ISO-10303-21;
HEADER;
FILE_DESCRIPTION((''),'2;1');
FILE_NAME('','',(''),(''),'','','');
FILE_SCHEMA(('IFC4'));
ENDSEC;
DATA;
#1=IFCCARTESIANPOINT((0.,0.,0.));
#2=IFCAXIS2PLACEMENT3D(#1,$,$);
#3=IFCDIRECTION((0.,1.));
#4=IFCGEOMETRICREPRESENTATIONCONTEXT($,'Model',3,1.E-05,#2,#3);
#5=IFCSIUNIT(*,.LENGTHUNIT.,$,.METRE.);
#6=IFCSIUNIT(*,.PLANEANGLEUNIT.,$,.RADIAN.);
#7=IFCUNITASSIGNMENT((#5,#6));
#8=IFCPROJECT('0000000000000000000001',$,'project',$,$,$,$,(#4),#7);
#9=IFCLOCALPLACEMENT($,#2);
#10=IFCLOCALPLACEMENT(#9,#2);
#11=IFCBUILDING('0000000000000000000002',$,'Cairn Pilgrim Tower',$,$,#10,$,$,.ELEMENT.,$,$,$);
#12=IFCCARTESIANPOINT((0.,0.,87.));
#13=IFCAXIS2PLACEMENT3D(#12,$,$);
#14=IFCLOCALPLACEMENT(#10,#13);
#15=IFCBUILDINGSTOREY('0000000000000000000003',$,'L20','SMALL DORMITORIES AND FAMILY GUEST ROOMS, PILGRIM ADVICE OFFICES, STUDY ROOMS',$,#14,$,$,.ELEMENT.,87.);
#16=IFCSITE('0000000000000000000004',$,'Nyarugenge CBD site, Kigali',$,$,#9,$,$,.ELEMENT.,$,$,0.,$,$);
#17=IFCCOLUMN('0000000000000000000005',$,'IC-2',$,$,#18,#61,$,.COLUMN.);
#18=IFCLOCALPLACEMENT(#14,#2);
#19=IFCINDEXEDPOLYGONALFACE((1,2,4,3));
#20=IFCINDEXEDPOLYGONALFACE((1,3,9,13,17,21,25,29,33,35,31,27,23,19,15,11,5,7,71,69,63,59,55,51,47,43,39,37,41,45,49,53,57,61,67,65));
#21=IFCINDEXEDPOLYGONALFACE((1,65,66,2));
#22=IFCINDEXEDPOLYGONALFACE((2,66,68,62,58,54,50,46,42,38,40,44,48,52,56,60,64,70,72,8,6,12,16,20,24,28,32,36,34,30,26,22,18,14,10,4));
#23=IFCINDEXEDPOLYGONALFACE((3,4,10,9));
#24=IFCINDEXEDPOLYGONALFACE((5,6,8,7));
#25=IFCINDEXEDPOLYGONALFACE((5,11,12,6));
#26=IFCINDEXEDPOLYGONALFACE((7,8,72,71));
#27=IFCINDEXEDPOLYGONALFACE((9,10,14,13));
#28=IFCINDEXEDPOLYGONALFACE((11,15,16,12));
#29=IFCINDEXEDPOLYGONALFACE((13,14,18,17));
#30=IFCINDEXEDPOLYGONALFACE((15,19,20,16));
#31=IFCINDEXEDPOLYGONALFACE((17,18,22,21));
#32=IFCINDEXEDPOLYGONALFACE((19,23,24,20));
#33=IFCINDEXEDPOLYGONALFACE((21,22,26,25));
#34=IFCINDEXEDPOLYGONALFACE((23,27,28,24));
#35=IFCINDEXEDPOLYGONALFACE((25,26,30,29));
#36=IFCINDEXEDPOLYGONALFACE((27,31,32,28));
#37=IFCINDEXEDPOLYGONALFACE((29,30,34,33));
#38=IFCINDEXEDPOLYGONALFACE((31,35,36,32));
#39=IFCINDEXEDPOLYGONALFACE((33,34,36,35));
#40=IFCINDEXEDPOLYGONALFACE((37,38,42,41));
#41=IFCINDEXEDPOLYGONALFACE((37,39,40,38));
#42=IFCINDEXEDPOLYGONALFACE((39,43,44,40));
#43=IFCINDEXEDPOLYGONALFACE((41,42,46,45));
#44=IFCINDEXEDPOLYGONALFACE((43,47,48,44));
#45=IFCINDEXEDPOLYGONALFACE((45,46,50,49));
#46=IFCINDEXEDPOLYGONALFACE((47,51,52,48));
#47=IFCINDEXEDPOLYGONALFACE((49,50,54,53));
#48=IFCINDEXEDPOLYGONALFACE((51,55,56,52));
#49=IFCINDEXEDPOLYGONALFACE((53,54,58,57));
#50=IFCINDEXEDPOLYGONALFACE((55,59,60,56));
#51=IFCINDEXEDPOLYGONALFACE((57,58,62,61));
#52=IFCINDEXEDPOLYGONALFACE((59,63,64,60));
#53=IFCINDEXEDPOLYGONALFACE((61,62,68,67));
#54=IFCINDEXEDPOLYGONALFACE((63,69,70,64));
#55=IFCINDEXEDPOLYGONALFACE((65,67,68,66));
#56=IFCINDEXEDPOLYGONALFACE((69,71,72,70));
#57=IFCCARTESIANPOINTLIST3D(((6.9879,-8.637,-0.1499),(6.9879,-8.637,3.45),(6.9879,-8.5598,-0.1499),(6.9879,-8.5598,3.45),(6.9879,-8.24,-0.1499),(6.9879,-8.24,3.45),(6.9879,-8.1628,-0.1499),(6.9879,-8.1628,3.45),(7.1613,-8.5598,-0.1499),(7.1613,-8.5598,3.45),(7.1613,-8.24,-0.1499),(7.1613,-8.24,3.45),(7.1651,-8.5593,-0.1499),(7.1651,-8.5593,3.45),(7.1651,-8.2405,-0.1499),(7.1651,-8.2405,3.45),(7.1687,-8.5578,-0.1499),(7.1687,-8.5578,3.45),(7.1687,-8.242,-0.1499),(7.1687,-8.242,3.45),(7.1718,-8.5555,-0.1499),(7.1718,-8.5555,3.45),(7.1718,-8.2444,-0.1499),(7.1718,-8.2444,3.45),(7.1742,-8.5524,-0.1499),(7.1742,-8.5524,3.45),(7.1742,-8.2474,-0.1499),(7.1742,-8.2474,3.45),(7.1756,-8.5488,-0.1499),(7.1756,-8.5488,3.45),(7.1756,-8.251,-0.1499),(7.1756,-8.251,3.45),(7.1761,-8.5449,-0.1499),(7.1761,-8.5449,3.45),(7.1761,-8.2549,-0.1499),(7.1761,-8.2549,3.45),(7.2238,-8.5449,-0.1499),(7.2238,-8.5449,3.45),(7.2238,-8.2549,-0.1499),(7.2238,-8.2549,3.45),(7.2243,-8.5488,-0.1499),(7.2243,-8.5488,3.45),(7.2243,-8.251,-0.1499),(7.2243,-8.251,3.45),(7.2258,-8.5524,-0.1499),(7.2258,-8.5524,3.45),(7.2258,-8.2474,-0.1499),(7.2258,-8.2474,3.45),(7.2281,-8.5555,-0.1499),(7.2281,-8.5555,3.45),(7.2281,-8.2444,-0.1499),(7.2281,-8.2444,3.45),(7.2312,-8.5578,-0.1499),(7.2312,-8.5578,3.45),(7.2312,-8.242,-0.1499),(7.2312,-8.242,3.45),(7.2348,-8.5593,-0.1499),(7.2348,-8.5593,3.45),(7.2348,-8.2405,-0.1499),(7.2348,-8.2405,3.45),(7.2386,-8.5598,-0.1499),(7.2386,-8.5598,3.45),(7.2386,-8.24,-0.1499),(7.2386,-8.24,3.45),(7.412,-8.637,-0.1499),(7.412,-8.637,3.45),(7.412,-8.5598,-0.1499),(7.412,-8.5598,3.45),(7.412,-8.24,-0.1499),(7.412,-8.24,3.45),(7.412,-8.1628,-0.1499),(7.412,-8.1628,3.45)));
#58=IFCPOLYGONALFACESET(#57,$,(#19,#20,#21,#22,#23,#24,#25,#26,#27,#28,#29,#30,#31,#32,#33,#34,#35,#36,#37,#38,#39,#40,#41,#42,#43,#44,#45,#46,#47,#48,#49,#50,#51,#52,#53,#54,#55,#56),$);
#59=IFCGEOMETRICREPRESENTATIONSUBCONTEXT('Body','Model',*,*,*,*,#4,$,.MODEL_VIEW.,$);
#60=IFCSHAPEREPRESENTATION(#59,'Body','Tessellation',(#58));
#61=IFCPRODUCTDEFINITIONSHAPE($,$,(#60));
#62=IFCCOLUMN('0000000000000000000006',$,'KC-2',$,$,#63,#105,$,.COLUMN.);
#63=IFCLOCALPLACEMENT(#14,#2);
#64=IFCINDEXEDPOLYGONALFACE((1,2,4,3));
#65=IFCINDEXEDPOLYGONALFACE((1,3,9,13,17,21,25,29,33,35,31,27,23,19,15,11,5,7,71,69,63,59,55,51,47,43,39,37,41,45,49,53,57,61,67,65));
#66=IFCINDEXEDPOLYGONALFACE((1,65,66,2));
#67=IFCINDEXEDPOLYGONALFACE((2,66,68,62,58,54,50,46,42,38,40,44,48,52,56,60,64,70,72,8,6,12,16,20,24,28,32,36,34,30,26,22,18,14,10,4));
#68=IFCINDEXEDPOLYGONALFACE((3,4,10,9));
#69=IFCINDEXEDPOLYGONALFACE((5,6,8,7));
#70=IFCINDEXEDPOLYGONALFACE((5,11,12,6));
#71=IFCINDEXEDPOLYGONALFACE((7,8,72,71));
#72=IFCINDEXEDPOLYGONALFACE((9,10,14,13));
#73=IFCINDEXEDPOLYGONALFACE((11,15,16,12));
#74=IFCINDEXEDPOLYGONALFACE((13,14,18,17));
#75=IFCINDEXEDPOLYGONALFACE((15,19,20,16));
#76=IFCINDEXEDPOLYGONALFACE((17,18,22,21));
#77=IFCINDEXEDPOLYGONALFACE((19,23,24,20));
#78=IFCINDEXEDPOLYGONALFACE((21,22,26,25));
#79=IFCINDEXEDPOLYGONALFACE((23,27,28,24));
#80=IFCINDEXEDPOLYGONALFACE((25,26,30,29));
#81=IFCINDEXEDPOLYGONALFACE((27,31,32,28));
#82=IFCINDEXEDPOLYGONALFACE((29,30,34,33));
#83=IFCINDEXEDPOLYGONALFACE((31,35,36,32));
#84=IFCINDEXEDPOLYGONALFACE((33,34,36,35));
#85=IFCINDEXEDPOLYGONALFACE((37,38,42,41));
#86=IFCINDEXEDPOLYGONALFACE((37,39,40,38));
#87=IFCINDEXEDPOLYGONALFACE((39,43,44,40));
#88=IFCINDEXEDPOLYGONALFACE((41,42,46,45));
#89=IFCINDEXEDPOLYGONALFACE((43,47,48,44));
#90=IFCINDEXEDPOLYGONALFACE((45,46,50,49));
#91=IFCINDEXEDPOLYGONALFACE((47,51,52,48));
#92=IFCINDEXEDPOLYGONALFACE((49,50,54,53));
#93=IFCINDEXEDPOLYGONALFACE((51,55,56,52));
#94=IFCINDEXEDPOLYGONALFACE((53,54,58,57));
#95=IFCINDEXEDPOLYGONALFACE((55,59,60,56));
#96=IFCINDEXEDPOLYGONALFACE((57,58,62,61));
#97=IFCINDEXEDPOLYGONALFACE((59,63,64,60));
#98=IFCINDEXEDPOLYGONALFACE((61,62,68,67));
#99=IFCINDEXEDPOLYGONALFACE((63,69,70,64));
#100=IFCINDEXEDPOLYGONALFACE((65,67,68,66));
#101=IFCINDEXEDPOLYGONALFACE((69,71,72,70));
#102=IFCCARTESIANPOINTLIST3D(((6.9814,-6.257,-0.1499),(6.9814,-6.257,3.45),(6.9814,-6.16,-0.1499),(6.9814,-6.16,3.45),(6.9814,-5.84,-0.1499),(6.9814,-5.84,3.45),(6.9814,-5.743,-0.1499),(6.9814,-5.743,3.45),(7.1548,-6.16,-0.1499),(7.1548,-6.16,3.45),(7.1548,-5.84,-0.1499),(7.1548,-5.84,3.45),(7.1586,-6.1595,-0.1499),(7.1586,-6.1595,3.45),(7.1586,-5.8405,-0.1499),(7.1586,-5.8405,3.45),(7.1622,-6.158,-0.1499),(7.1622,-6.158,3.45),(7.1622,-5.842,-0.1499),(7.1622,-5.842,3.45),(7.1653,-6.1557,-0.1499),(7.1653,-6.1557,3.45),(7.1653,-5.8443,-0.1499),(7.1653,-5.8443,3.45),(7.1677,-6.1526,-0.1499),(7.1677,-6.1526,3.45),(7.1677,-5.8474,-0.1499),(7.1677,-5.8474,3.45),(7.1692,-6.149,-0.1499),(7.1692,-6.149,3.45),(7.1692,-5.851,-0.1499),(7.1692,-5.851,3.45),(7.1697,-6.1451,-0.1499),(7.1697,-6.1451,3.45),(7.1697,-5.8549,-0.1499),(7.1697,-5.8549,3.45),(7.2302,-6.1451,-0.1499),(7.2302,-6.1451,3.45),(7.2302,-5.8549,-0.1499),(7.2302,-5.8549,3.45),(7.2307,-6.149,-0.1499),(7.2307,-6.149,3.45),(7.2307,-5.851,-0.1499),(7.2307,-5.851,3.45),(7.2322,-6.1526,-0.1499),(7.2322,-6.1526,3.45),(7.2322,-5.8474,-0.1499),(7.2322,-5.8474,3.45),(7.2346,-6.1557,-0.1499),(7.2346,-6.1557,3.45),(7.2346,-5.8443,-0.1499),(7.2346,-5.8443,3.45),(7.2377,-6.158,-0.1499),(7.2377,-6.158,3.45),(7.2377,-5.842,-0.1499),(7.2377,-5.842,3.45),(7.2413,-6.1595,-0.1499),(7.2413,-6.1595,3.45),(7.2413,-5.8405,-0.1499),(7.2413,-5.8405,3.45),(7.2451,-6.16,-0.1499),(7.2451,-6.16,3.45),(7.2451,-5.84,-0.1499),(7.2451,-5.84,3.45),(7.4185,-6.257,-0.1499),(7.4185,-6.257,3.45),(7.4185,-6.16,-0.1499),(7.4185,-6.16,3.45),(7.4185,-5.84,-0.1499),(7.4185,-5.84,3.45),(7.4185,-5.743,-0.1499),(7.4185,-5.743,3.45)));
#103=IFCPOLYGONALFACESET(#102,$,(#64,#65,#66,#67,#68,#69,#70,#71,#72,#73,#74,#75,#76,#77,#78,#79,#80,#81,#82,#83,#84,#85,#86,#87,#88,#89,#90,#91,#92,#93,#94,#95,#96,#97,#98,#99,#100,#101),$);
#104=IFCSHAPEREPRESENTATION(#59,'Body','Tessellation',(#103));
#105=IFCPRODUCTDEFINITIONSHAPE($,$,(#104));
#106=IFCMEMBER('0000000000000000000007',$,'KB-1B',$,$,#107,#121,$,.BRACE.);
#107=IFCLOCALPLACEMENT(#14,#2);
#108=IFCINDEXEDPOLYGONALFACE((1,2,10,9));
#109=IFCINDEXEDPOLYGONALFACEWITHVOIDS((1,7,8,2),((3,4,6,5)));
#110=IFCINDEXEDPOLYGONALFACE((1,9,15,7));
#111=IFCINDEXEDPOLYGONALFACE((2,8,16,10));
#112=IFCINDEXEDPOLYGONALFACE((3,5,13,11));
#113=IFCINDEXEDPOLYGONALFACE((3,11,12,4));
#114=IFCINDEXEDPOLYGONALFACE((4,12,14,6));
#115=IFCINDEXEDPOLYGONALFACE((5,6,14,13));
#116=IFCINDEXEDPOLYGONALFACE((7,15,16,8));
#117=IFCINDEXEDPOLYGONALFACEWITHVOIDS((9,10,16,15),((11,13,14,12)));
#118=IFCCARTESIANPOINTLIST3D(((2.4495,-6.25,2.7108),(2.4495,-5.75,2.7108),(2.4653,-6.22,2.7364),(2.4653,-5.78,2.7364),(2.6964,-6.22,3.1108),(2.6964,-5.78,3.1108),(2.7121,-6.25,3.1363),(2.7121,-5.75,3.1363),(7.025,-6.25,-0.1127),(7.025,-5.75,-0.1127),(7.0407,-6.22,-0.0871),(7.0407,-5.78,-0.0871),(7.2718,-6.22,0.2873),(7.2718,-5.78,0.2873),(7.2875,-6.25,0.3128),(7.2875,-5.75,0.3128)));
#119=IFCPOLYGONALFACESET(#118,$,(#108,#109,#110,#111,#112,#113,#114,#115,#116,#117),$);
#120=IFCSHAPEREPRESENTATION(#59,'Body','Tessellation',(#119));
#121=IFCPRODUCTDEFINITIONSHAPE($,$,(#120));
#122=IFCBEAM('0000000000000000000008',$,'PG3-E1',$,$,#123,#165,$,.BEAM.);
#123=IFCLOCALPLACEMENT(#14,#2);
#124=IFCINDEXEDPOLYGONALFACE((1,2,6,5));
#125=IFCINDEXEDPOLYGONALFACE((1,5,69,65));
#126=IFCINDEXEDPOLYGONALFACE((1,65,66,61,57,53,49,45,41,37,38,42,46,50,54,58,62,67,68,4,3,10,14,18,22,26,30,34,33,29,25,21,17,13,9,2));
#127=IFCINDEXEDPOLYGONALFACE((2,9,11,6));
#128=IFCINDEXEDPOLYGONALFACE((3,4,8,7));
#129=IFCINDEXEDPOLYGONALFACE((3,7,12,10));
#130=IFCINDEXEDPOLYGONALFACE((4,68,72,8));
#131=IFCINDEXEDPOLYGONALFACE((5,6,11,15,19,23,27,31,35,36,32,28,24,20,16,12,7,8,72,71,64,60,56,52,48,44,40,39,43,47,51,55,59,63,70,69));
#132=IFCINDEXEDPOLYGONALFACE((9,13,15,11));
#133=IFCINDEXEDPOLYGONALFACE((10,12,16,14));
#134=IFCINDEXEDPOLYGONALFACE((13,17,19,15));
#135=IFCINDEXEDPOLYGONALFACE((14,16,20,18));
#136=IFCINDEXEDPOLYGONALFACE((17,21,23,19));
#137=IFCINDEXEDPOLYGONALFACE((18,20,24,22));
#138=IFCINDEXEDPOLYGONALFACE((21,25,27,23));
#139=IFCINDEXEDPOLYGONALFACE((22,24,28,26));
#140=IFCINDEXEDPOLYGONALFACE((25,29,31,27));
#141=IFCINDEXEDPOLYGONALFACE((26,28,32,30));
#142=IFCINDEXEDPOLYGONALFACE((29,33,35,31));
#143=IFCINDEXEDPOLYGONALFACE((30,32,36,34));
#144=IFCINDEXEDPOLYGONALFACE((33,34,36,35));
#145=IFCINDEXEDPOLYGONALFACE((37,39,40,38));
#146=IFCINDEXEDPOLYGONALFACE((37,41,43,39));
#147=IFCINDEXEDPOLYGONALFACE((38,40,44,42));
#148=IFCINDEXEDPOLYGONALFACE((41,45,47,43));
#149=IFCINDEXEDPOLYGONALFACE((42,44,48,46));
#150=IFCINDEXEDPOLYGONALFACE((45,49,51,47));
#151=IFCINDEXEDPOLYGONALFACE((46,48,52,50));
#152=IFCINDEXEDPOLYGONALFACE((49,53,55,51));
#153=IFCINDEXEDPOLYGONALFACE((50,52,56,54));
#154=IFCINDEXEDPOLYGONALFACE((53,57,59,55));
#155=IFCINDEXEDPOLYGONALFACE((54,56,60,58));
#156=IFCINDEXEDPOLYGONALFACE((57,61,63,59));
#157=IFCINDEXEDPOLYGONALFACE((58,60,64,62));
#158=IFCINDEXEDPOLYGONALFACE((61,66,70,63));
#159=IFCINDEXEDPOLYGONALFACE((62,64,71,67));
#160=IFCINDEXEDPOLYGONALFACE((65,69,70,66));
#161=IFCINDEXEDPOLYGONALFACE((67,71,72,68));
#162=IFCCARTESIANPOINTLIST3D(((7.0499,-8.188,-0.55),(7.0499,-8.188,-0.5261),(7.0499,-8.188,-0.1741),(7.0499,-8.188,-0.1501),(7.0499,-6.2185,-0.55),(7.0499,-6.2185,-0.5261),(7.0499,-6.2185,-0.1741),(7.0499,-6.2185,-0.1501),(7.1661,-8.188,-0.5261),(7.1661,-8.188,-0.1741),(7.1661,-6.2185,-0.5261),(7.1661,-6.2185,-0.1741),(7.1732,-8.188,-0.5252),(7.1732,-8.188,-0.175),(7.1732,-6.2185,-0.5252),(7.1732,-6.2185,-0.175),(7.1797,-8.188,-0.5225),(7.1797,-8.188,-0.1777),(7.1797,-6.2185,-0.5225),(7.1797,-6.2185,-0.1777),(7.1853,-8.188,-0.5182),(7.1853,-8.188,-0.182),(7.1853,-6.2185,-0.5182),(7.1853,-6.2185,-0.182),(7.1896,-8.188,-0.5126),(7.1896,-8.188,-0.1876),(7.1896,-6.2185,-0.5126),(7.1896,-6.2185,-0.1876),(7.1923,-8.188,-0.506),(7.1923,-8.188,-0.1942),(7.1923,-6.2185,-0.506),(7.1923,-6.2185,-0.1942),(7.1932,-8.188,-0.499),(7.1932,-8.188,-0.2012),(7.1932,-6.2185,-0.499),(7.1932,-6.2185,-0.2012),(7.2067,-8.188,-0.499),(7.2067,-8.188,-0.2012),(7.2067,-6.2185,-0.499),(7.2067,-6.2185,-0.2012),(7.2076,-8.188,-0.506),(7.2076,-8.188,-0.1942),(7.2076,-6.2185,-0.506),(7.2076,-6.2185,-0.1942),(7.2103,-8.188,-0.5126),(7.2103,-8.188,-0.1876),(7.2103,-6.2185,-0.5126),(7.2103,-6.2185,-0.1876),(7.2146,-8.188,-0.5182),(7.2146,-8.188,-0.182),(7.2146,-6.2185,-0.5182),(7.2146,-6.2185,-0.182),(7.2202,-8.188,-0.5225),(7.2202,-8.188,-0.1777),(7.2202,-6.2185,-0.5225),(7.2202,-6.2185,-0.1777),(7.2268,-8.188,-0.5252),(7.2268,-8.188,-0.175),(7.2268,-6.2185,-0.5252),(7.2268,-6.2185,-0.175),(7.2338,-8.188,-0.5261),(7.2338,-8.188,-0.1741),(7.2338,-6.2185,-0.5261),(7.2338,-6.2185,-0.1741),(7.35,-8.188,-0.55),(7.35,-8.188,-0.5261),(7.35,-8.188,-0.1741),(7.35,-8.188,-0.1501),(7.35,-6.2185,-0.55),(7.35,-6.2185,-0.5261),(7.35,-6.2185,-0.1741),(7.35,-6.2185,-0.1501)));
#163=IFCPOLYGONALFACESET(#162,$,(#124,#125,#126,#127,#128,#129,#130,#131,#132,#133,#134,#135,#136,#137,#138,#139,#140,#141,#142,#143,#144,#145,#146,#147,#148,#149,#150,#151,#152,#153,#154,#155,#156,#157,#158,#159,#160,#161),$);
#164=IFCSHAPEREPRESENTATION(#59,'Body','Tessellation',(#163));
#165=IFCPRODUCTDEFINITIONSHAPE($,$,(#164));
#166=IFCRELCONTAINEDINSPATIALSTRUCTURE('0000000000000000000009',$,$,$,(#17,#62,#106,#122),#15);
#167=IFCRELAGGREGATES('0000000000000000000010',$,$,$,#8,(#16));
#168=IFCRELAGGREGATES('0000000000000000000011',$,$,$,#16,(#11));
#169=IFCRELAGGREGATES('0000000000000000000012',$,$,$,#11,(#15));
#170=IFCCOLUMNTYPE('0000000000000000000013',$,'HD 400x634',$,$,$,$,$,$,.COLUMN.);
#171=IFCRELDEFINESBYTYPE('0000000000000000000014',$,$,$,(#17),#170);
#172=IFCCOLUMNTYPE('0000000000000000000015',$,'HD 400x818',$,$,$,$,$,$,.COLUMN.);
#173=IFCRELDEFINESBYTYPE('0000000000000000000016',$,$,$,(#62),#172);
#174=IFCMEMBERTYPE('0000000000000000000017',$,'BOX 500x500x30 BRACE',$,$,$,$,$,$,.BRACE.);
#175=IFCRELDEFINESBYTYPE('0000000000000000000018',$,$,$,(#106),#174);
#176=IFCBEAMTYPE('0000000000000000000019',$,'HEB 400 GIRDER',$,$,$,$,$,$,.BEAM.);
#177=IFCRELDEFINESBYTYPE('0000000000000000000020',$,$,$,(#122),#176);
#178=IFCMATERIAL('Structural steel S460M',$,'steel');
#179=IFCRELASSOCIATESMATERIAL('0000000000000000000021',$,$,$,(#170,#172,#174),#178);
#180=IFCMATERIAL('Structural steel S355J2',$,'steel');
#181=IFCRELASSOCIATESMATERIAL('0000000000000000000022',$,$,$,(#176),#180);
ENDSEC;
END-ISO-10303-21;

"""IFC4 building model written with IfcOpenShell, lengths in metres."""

from ifc_helpers import new_model, si_unit, direction, frame, origin, origin_2d, place, context, subcontext, project, spatial, hollow_rectangle, i_section, extrude, material, material_profile, profile_set, type_object, element, save


model = new_model("IFC4")

# Units and contexts
model_context = context("Model", 3, precision=1e-05, world=origin(), true_north=direction((0.0, 1.0)))
body_context = subcontext(model_context, "Body", "Model", "MODEL_VIEW")
ifc_project = project(units=[si_unit("LENGTHUNIT", "METRE"), si_unit("PLANEANGLEUNIT", "RADIAN")], contexts=[model_context])

# Site, building, storey
site_placement = place(None, origin())
site = spatial("IfcSite", under=ifc_project, at=site_placement, Name="Nyarugenge CBD site, Kigali", CompositionType="ELEMENT", RefElevation=0.0)
building_placement = place(site_placement, origin())
building = spatial("IfcBuilding", under=site, at=building_placement, Name="Cairn Pilgrim Tower", CompositionType="ELEMENT")
storey_placement = place(building_placement, frame((0.0, 0.0, 87.0)))
storey = spatial("IfcBuildingStorey", under=building, at=storey_placement, Name="L20", Description="SMALL DORMITORIES AND FAMILY GUEST ROOMS, PILGRIM ADVICE OFFICES, STUDY ROOMS", CompositionType="ELEMENT", Elevation=87.0)

# Columns
ifc_material_1 = material(Name="Structural steel S460M", Category="steel")
ifc_material_profile_1 = material_profile(ifc_material_1, i_section(OverallWidth=0.4241, OverallDepth=0.4741, WebThickness=0.0476, FlangeThickness=0.0771, FilletRadius=0.0149, at=origin_2d()), Name="HD 400x634")
ifc_profile_set_1 = profile_set([ifc_material_profile_1], Name="Structural steel S460M")
column_type_1 = type_object("IfcColumnType", Name="HD 400x634", PredefinedType="COLUMN", material=ifc_profile_set_1)
column_1_placement = place(storey_placement, frame((7.2, -8.3999, -0.1499), z_axis=(0.0, 0.0, 1.0), x_axis=(1.0, 0.0, 0.0)))
element("IfcColumn", 1, at=column_1_placement, inside=storey, type_object=column_type_1, Name="IC-2", PredefinedType="COLUMN", context=body_context, shape_type="SweptSolid", body=[
    extrude(i_section(OverallWidth=0.4241, OverallDepth=0.4741, WebThickness=0.0476, FlangeThickness=0.0771, FilletRadius=0.0149, at=origin_2d()), origin(), (0.0, 0.0, 1.0), 3.5999),
])
ifc_material_profile_2 = material_profile(ifc_material_1, i_section(OverallWidth=0.437, OverallDepth=0.5139, WebThickness=0.0605, FlangeThickness=0.0969, FilletRadius=0.0149, at=origin_2d()), Name="HD 400x818")
ifc_profile_set_2 = profile_set([ifc_material_profile_2], Name="Structural steel S460M")
column_type_2 = type_object("IfcColumnType", Name="HD 400x818", PredefinedType="COLUMN", material=ifc_profile_set_2)
column_2_placement = place(storey_placement, frame((7.2, -6.0, -0.1499), z_axis=(0.0, 0.0, 1.0), x_axis=(1.0, 0.0, 0.0)))
element("IfcColumn", 2, at=column_2_placement, inside=storey, type_object=column_type_2, Name="KC-2", PredefinedType="COLUMN", context=body_context, shape_type="SweptSolid", body=[
    extrude(i_section(OverallWidth=0.437, OverallDepth=0.5139, WebThickness=0.0605, FlangeThickness=0.0969, FilletRadius=0.0149, at=origin_2d()), origin(), (0.0, 0.0, 1.0), 3.5999),
])

# Member
ifc_material_profile_3 = material_profile(ifc_material_1, hollow_rectangle(XDim=0.5, YDim=0.5, WallThickness=0.03, at=origin_2d()), Name="BOX 500x500x30")
ifc_profile_set_3 = profile_set([ifc_material_profile_3], Name="Structural steel S460M")
member_type = type_object("IfcMemberType", Name="BOX 500x500x30 BRACE", PredefinedType="BRACE", material=ifc_profile_set_3)
member_placement = place(storey_placement, frame((7.1562, -6.0, 0.1001), z_axis=(-0.851008, 0.0, 0.525154), x_axis=(0.0, -1.0, 0.0)))
element("IfcMember", 3, at=member_placement, inside=storey, type_object=member_type, Name="KB-1B", PredefinedType="BRACE", context=body_context, shape_type="SweptSolid", body=[
    extrude(hollow_rectangle(XDim=0.5, YDim=0.5, WallThickness=0.03, at=origin_2d()), origin(), (0.0, 0.0, 1.0), 5.3765),
])

# Beam
ifc_material_2 = material(Name="Structural steel S355J2", Category="steel")
ifc_material_profile_4 = material_profile(ifc_material_2, i_section(OverallWidth=0.3, OverallDepth=0.3999, WebThickness=0.0134, FlangeThickness=0.0239, FilletRadius=0.0271, at=origin_2d()), Name="HEB 400")
ifc_profile_set_4 = profile_set([ifc_material_profile_4], Name="Structural steel S355J2")
beam_type_1 = type_object("IfcBeamType", Name="HEB 400 GIRDER", PredefinedType="BEAM", material=ifc_profile_set_4)
beam_1_placement = place(storey_placement, frame((7.2, -8.188, -0.3501), z_axis=(0.0, 1.0, 0.0), x_axis=(-1.0, 0.0, 0.0)))
element("IfcBeam", 4, at=beam_1_placement, inside=storey, type_object=beam_type_1, Name="PG3-E1", PredefinedType="BEAM", context=body_context, shape_type="SweptSolid", body=[
    extrude(i_section(OverallWidth=0.3, OverallDepth=0.3999, WebThickness=0.0134, FlangeThickness=0.0239, FilletRadius=0.0271, at=origin_2d()), origin(), (0.0, 0.0, 1.0), 1.9695),
])

save(model, "model.ifc")
